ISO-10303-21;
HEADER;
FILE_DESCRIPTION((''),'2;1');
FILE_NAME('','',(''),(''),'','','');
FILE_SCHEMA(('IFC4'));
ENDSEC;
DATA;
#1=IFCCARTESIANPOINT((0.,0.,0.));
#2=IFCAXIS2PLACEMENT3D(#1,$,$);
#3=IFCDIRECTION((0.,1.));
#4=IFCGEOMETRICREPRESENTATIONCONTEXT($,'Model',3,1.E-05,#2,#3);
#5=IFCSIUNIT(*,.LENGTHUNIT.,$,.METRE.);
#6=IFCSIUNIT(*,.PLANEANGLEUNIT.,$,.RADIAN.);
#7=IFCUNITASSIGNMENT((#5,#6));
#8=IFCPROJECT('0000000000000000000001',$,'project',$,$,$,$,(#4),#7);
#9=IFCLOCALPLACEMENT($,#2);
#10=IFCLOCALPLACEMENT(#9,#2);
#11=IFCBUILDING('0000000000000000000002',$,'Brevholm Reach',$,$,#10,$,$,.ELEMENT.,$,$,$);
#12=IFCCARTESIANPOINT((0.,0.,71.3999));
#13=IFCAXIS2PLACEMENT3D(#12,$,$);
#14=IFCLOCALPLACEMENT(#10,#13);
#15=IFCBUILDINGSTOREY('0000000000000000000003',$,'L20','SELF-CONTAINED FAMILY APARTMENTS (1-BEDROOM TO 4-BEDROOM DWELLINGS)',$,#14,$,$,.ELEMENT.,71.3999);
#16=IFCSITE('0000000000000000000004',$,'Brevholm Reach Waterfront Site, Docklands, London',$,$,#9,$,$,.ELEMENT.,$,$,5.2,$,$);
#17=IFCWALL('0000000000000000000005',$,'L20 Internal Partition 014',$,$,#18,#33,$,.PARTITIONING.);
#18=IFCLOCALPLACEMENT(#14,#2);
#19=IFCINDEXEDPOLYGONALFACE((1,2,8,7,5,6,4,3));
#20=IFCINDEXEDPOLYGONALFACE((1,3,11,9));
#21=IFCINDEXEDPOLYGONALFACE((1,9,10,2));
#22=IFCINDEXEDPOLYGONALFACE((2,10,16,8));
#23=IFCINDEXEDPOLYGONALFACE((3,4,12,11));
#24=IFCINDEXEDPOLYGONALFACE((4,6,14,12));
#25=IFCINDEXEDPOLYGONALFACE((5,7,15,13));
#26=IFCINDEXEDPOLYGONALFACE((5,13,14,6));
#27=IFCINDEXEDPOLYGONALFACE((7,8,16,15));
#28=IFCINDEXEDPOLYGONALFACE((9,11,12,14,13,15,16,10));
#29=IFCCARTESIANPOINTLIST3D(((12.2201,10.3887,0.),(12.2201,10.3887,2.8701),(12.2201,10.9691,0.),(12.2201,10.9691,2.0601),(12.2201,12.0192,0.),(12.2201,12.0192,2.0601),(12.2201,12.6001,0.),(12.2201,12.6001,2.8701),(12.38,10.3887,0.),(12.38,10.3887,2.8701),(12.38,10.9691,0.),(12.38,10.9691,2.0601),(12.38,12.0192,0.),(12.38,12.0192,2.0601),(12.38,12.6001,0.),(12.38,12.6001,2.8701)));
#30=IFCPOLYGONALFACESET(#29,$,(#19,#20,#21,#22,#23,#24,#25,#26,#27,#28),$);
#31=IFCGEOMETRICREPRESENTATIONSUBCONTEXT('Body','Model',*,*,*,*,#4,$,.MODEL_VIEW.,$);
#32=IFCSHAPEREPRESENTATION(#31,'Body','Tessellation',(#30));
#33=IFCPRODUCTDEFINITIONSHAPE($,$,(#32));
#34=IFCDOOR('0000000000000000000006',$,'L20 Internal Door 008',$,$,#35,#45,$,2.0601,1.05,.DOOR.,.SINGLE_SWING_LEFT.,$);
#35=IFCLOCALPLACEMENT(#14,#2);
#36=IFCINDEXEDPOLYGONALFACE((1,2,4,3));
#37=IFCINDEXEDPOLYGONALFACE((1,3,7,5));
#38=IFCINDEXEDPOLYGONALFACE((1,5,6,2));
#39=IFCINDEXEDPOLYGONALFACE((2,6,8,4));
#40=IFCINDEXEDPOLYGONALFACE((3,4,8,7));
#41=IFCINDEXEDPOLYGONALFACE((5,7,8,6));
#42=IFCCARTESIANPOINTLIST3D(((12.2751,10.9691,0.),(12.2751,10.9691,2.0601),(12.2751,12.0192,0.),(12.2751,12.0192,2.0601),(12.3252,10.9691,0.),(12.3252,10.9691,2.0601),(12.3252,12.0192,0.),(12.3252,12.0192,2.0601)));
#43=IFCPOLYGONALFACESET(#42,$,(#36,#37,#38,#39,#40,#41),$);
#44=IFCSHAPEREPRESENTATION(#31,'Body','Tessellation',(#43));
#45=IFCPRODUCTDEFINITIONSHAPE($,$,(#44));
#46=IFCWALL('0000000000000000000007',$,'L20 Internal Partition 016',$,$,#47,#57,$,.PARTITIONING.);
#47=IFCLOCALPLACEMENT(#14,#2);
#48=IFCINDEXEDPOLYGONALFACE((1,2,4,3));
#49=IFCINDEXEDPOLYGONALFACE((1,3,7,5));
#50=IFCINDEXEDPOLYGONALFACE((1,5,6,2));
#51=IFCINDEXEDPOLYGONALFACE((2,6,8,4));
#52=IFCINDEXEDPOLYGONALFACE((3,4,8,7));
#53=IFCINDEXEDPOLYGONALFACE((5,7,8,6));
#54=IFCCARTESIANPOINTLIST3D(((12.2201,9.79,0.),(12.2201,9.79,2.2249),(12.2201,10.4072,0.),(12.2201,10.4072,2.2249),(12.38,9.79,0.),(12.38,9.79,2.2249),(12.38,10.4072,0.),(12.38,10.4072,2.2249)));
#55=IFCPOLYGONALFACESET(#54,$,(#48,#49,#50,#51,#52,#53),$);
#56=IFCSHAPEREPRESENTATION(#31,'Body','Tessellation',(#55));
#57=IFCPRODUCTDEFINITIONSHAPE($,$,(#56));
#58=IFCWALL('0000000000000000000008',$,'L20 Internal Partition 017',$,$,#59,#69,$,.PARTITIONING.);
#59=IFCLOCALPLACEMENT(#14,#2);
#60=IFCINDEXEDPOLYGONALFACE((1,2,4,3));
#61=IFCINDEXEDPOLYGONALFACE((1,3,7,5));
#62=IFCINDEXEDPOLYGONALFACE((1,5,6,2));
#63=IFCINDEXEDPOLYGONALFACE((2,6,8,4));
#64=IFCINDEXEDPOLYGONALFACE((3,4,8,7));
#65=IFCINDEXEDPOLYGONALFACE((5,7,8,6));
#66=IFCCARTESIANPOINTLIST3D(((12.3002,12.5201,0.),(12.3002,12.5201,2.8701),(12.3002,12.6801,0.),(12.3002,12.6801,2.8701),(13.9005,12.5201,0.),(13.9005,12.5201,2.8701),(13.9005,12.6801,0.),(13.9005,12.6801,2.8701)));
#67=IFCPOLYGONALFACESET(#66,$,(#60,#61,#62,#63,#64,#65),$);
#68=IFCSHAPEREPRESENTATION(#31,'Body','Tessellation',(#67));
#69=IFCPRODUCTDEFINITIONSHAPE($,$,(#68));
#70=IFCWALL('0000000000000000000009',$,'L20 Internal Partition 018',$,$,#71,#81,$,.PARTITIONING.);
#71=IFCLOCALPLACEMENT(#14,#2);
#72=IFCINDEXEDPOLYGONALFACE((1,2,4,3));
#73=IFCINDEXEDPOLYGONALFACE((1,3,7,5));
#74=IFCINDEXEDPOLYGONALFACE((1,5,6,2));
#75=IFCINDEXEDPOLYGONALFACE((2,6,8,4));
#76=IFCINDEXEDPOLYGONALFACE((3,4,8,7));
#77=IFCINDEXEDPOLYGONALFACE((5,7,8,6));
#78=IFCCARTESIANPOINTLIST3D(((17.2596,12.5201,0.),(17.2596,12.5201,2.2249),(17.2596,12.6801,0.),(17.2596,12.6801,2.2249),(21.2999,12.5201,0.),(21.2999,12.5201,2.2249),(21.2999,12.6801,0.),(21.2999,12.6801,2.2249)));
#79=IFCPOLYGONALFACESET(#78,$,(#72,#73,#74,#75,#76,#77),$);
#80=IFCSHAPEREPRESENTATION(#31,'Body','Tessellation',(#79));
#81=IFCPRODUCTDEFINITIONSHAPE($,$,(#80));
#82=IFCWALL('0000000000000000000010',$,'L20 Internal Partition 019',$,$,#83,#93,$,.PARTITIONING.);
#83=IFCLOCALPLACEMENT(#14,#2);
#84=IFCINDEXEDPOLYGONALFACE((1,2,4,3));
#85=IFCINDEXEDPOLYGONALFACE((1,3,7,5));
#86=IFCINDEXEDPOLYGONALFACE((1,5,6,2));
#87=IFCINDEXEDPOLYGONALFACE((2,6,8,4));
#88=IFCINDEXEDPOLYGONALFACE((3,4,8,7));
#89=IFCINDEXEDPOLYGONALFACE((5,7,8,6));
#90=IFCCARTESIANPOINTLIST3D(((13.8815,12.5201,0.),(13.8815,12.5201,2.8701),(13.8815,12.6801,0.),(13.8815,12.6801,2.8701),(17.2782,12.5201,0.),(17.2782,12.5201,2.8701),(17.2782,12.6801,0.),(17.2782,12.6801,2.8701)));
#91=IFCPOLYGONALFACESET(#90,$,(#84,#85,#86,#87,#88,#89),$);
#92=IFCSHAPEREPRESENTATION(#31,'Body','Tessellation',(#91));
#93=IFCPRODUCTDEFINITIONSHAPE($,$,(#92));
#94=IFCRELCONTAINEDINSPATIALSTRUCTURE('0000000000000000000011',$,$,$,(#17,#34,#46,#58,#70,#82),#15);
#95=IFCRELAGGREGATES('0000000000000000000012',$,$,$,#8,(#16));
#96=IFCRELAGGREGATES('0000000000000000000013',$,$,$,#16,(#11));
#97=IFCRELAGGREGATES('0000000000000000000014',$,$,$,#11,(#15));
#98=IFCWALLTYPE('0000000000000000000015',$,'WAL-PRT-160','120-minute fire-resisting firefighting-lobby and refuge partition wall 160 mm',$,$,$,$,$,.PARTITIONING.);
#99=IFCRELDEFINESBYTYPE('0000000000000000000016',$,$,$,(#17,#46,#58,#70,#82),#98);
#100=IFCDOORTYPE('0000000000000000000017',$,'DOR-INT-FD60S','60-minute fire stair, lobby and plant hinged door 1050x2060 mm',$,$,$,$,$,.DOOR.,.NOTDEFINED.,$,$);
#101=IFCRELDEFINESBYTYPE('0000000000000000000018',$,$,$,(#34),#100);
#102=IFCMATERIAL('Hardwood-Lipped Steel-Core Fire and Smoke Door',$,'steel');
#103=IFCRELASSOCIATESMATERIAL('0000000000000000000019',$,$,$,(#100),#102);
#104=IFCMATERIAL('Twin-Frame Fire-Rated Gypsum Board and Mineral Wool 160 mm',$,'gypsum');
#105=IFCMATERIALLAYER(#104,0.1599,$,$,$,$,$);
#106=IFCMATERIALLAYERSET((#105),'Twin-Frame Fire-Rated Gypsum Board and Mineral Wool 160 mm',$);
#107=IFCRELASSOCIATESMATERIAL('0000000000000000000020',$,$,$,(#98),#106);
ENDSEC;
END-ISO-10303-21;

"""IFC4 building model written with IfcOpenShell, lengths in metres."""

from ifc_helpers import new_model, si_unit, direction, frame, frame_2d, origin, place, context, subcontext, project, spatial, rectangle, extrude, material, layer, layer_set, type_object, element, fill, save


model = new_model("IFC4")

# Units and contexts
model_context = context("Model", 3, precision=1e-05, world=origin(), true_north=direction((0.0, 1.0)))
body_context = subcontext(model_context, "Body", "Model", "MODEL_VIEW")
ifc_project = project(units=[si_unit("LENGTHUNIT", "METRE"), si_unit("PLANEANGLEUNIT", "RADIAN")], contexts=[model_context])

# Site, building, storey
site_placement = place(None, origin())
site = spatial("IfcSite", under=ifc_project, at=site_placement, Name="Brevholm Reach Waterfront Site, Docklands, London", CompositionType="ELEMENT", RefElevation=5.2)
building_placement = place(site_placement, origin())
building = spatial("IfcBuilding", under=site, at=building_placement, Name="Brevholm Reach", CompositionType="ELEMENT")
storey_placement = place(building_placement, frame((0.0, 0.0, 71.3999)))
storey = spatial("IfcBuildingStorey", under=building, at=storey_placement, Name="L20", Description="SELF-CONTAINED FAMILY APARTMENTS (1-BEDROOM TO 4-BEDROOM DWELLINGS)", CompositionType="ELEMENT", Elevation=71.3999)

# Shared definitions
ifc_material_1 = material(Name="Hardwood-Lipped Steel-Core Fire and Smoke Door", Category="steel")
door_type_1 = type_object("IfcDoorType", Name="DOR-INT-FD60S", Description="60-minute fire stair, lobby and plant hinged door 1050x2060 mm", OperationType="NOTDEFINED", PredefinedType="DOOR", material=ifc_material_1)

# Wall, opening, door
ifc_material_2 = material(Name="Twin-Frame Fire-Rated Gypsum Board and Mineral Wool 160 mm", Category="gypsum")
ifc_layer_1 = layer(ifc_material_2, 0.1599)
ifc_layer_set_1 = layer_set([ifc_layer_1], Name="Twin-Frame Fire-Rated Gypsum Board and Mineral Wool 160 mm")
wall_type_1 = type_object("IfcWallType", Name="WAL-PRT-160", Description="120-minute fire-resisting firefighting-lobby and refuge partition wall 160 mm", PredefinedType="PARTITIONING", material=ifc_layer_set_1)
wall_1_placement = place(storey_placement, frame((12.3, 10.3887, 0.0), z_axis=(0.0, 0.0, 1.0), x_axis=(0.0, 1.0, 0.0)))
wall_1 = element("IfcWall", 1, at=wall_1_placement, inside=storey, type_object=wall_type_1, Name="L20 Internal Partition 014", PredefinedType="PARTITIONING", context=body_context, shape_type="SweptSolid", body=[
    extrude(rectangle(XDim=2.2114, YDim=0.1599, at=frame_2d((1.1057, 0.0))), origin(), (0.0, 0.0, 1.0), 2.8701),
])
opening_1_placement = place(wall_1_placement, frame((0.5806, 0.0, 0.0)))
opening_1 = element("IfcOpeningElement", 2, at=opening_1_placement, cuts=wall_1, PredefinedType="OPENING", context=body_context, shape_type="SweptSolid", body=[
    extrude(rectangle(XDim=1.05, YDim=2.0601, at=frame_2d((0.5249, 1.03))), frame((0.0, 0.0898, 0.0), z_axis=(0.0, -1.0, 0.0), x_axis=(1.0, 0.0, 0.0)), (0.0, 0.0, 1.0), 0.1799),
])
door_1_placement = place(opening_1_placement, origin())
door_1 = element("IfcDoor", 3, at=door_1_placement, inside=storey, type_object=door_type_1, Name="L20 Internal Door 008", OperationType="SINGLE_SWING_LEFT", OverallHeight=2.0601, OverallWidth=1.05, PredefinedType="DOOR", context=body_context, shape_type="SweptSolid", body=[
    extrude(rectangle(XDim=1.05, YDim=2.0601, at=frame_2d((0.5249, 1.03))), frame((0.0, 0.0249, 0.0), z_axis=(0.0, -1.0, 0.0), x_axis=(1.0, 0.0, 0.0)), (0.0, 0.0, 1.0), 0.05),
])
fill(opening_1, door_1)

# Walls
wall_2_placement = place(storey_placement, frame((12.3, 9.79, 0.0), z_axis=(0.0, 0.0, 1.0), x_axis=(0.0, 1.0, 0.0)))
element("IfcWall", 4, at=wall_2_placement, inside=storey, type_object=wall_type_1, Name="L20 Internal Partition 016", PredefinedType="PARTITIONING", context=body_context, shape_type="SweptSolid", body=[
    extrude(rectangle(XDim=0.6172, YDim=0.1599, at=frame_2d((0.3086, 0.0))), origin(), (0.0, 0.0, 1.0), 2.2249),
])
wall_3_placement = place(storey_placement, frame((12.3, 12.6001, 0.0), z_axis=(0.0, 0.0, 1.0), x_axis=(1.0, 0.0, 0.0)))
element("IfcWall", 5, at=wall_3_placement, inside=storey, type_object=wall_type_1, Name="L20 Internal Partition 017", PredefinedType="PARTITIONING", context=body_context, shape_type="SweptSolid", body=[
    extrude(rectangle(XDim=1.6003, YDim=0.1599, at=frame_2d((0.8003, 0.0))), origin(), (0.0, 0.0, 1.0), 2.8701),
])
wall_4_placement = place(storey_placement, frame((17.2598, 12.6001, 0.0), z_axis=(0.0, 0.0, 1.0), x_axis=(1.0, 0.0, 0.0)))
element("IfcWall", 6, at=wall_4_placement, inside=storey, type_object=wall_type_1, Name="L20 Internal Partition 018", PredefinedType="PARTITIONING", context=body_context, shape_type="SweptSolid", body=[
    extrude(rectangle(XDim=4.0403, YDim=0.1599, at=frame_2d((2.02, 0.0))), origin(), (0.0, 0.0, 1.0), 2.2249),
])
wall_5_placement = place(storey_placement, frame((13.8816, 12.6001, 0.0), z_axis=(0.0, 0.0, 1.0), x_axis=(1.0, 0.0, 0.0)))
element("IfcWall", 7, at=wall_5_placement, inside=storey, type_object=wall_type_1, Name="L20 Internal Partition 019", PredefinedType="PARTITIONING", context=body_context, shape_type="SweptSolid", body=[
    extrude(rectangle(XDim=3.3967, YDim=0.1599, at=frame_2d((1.6982, 0.0))), origin(), (0.0, 0.0, 1.0), 2.8701),
])

save(model, "model.ifc")
